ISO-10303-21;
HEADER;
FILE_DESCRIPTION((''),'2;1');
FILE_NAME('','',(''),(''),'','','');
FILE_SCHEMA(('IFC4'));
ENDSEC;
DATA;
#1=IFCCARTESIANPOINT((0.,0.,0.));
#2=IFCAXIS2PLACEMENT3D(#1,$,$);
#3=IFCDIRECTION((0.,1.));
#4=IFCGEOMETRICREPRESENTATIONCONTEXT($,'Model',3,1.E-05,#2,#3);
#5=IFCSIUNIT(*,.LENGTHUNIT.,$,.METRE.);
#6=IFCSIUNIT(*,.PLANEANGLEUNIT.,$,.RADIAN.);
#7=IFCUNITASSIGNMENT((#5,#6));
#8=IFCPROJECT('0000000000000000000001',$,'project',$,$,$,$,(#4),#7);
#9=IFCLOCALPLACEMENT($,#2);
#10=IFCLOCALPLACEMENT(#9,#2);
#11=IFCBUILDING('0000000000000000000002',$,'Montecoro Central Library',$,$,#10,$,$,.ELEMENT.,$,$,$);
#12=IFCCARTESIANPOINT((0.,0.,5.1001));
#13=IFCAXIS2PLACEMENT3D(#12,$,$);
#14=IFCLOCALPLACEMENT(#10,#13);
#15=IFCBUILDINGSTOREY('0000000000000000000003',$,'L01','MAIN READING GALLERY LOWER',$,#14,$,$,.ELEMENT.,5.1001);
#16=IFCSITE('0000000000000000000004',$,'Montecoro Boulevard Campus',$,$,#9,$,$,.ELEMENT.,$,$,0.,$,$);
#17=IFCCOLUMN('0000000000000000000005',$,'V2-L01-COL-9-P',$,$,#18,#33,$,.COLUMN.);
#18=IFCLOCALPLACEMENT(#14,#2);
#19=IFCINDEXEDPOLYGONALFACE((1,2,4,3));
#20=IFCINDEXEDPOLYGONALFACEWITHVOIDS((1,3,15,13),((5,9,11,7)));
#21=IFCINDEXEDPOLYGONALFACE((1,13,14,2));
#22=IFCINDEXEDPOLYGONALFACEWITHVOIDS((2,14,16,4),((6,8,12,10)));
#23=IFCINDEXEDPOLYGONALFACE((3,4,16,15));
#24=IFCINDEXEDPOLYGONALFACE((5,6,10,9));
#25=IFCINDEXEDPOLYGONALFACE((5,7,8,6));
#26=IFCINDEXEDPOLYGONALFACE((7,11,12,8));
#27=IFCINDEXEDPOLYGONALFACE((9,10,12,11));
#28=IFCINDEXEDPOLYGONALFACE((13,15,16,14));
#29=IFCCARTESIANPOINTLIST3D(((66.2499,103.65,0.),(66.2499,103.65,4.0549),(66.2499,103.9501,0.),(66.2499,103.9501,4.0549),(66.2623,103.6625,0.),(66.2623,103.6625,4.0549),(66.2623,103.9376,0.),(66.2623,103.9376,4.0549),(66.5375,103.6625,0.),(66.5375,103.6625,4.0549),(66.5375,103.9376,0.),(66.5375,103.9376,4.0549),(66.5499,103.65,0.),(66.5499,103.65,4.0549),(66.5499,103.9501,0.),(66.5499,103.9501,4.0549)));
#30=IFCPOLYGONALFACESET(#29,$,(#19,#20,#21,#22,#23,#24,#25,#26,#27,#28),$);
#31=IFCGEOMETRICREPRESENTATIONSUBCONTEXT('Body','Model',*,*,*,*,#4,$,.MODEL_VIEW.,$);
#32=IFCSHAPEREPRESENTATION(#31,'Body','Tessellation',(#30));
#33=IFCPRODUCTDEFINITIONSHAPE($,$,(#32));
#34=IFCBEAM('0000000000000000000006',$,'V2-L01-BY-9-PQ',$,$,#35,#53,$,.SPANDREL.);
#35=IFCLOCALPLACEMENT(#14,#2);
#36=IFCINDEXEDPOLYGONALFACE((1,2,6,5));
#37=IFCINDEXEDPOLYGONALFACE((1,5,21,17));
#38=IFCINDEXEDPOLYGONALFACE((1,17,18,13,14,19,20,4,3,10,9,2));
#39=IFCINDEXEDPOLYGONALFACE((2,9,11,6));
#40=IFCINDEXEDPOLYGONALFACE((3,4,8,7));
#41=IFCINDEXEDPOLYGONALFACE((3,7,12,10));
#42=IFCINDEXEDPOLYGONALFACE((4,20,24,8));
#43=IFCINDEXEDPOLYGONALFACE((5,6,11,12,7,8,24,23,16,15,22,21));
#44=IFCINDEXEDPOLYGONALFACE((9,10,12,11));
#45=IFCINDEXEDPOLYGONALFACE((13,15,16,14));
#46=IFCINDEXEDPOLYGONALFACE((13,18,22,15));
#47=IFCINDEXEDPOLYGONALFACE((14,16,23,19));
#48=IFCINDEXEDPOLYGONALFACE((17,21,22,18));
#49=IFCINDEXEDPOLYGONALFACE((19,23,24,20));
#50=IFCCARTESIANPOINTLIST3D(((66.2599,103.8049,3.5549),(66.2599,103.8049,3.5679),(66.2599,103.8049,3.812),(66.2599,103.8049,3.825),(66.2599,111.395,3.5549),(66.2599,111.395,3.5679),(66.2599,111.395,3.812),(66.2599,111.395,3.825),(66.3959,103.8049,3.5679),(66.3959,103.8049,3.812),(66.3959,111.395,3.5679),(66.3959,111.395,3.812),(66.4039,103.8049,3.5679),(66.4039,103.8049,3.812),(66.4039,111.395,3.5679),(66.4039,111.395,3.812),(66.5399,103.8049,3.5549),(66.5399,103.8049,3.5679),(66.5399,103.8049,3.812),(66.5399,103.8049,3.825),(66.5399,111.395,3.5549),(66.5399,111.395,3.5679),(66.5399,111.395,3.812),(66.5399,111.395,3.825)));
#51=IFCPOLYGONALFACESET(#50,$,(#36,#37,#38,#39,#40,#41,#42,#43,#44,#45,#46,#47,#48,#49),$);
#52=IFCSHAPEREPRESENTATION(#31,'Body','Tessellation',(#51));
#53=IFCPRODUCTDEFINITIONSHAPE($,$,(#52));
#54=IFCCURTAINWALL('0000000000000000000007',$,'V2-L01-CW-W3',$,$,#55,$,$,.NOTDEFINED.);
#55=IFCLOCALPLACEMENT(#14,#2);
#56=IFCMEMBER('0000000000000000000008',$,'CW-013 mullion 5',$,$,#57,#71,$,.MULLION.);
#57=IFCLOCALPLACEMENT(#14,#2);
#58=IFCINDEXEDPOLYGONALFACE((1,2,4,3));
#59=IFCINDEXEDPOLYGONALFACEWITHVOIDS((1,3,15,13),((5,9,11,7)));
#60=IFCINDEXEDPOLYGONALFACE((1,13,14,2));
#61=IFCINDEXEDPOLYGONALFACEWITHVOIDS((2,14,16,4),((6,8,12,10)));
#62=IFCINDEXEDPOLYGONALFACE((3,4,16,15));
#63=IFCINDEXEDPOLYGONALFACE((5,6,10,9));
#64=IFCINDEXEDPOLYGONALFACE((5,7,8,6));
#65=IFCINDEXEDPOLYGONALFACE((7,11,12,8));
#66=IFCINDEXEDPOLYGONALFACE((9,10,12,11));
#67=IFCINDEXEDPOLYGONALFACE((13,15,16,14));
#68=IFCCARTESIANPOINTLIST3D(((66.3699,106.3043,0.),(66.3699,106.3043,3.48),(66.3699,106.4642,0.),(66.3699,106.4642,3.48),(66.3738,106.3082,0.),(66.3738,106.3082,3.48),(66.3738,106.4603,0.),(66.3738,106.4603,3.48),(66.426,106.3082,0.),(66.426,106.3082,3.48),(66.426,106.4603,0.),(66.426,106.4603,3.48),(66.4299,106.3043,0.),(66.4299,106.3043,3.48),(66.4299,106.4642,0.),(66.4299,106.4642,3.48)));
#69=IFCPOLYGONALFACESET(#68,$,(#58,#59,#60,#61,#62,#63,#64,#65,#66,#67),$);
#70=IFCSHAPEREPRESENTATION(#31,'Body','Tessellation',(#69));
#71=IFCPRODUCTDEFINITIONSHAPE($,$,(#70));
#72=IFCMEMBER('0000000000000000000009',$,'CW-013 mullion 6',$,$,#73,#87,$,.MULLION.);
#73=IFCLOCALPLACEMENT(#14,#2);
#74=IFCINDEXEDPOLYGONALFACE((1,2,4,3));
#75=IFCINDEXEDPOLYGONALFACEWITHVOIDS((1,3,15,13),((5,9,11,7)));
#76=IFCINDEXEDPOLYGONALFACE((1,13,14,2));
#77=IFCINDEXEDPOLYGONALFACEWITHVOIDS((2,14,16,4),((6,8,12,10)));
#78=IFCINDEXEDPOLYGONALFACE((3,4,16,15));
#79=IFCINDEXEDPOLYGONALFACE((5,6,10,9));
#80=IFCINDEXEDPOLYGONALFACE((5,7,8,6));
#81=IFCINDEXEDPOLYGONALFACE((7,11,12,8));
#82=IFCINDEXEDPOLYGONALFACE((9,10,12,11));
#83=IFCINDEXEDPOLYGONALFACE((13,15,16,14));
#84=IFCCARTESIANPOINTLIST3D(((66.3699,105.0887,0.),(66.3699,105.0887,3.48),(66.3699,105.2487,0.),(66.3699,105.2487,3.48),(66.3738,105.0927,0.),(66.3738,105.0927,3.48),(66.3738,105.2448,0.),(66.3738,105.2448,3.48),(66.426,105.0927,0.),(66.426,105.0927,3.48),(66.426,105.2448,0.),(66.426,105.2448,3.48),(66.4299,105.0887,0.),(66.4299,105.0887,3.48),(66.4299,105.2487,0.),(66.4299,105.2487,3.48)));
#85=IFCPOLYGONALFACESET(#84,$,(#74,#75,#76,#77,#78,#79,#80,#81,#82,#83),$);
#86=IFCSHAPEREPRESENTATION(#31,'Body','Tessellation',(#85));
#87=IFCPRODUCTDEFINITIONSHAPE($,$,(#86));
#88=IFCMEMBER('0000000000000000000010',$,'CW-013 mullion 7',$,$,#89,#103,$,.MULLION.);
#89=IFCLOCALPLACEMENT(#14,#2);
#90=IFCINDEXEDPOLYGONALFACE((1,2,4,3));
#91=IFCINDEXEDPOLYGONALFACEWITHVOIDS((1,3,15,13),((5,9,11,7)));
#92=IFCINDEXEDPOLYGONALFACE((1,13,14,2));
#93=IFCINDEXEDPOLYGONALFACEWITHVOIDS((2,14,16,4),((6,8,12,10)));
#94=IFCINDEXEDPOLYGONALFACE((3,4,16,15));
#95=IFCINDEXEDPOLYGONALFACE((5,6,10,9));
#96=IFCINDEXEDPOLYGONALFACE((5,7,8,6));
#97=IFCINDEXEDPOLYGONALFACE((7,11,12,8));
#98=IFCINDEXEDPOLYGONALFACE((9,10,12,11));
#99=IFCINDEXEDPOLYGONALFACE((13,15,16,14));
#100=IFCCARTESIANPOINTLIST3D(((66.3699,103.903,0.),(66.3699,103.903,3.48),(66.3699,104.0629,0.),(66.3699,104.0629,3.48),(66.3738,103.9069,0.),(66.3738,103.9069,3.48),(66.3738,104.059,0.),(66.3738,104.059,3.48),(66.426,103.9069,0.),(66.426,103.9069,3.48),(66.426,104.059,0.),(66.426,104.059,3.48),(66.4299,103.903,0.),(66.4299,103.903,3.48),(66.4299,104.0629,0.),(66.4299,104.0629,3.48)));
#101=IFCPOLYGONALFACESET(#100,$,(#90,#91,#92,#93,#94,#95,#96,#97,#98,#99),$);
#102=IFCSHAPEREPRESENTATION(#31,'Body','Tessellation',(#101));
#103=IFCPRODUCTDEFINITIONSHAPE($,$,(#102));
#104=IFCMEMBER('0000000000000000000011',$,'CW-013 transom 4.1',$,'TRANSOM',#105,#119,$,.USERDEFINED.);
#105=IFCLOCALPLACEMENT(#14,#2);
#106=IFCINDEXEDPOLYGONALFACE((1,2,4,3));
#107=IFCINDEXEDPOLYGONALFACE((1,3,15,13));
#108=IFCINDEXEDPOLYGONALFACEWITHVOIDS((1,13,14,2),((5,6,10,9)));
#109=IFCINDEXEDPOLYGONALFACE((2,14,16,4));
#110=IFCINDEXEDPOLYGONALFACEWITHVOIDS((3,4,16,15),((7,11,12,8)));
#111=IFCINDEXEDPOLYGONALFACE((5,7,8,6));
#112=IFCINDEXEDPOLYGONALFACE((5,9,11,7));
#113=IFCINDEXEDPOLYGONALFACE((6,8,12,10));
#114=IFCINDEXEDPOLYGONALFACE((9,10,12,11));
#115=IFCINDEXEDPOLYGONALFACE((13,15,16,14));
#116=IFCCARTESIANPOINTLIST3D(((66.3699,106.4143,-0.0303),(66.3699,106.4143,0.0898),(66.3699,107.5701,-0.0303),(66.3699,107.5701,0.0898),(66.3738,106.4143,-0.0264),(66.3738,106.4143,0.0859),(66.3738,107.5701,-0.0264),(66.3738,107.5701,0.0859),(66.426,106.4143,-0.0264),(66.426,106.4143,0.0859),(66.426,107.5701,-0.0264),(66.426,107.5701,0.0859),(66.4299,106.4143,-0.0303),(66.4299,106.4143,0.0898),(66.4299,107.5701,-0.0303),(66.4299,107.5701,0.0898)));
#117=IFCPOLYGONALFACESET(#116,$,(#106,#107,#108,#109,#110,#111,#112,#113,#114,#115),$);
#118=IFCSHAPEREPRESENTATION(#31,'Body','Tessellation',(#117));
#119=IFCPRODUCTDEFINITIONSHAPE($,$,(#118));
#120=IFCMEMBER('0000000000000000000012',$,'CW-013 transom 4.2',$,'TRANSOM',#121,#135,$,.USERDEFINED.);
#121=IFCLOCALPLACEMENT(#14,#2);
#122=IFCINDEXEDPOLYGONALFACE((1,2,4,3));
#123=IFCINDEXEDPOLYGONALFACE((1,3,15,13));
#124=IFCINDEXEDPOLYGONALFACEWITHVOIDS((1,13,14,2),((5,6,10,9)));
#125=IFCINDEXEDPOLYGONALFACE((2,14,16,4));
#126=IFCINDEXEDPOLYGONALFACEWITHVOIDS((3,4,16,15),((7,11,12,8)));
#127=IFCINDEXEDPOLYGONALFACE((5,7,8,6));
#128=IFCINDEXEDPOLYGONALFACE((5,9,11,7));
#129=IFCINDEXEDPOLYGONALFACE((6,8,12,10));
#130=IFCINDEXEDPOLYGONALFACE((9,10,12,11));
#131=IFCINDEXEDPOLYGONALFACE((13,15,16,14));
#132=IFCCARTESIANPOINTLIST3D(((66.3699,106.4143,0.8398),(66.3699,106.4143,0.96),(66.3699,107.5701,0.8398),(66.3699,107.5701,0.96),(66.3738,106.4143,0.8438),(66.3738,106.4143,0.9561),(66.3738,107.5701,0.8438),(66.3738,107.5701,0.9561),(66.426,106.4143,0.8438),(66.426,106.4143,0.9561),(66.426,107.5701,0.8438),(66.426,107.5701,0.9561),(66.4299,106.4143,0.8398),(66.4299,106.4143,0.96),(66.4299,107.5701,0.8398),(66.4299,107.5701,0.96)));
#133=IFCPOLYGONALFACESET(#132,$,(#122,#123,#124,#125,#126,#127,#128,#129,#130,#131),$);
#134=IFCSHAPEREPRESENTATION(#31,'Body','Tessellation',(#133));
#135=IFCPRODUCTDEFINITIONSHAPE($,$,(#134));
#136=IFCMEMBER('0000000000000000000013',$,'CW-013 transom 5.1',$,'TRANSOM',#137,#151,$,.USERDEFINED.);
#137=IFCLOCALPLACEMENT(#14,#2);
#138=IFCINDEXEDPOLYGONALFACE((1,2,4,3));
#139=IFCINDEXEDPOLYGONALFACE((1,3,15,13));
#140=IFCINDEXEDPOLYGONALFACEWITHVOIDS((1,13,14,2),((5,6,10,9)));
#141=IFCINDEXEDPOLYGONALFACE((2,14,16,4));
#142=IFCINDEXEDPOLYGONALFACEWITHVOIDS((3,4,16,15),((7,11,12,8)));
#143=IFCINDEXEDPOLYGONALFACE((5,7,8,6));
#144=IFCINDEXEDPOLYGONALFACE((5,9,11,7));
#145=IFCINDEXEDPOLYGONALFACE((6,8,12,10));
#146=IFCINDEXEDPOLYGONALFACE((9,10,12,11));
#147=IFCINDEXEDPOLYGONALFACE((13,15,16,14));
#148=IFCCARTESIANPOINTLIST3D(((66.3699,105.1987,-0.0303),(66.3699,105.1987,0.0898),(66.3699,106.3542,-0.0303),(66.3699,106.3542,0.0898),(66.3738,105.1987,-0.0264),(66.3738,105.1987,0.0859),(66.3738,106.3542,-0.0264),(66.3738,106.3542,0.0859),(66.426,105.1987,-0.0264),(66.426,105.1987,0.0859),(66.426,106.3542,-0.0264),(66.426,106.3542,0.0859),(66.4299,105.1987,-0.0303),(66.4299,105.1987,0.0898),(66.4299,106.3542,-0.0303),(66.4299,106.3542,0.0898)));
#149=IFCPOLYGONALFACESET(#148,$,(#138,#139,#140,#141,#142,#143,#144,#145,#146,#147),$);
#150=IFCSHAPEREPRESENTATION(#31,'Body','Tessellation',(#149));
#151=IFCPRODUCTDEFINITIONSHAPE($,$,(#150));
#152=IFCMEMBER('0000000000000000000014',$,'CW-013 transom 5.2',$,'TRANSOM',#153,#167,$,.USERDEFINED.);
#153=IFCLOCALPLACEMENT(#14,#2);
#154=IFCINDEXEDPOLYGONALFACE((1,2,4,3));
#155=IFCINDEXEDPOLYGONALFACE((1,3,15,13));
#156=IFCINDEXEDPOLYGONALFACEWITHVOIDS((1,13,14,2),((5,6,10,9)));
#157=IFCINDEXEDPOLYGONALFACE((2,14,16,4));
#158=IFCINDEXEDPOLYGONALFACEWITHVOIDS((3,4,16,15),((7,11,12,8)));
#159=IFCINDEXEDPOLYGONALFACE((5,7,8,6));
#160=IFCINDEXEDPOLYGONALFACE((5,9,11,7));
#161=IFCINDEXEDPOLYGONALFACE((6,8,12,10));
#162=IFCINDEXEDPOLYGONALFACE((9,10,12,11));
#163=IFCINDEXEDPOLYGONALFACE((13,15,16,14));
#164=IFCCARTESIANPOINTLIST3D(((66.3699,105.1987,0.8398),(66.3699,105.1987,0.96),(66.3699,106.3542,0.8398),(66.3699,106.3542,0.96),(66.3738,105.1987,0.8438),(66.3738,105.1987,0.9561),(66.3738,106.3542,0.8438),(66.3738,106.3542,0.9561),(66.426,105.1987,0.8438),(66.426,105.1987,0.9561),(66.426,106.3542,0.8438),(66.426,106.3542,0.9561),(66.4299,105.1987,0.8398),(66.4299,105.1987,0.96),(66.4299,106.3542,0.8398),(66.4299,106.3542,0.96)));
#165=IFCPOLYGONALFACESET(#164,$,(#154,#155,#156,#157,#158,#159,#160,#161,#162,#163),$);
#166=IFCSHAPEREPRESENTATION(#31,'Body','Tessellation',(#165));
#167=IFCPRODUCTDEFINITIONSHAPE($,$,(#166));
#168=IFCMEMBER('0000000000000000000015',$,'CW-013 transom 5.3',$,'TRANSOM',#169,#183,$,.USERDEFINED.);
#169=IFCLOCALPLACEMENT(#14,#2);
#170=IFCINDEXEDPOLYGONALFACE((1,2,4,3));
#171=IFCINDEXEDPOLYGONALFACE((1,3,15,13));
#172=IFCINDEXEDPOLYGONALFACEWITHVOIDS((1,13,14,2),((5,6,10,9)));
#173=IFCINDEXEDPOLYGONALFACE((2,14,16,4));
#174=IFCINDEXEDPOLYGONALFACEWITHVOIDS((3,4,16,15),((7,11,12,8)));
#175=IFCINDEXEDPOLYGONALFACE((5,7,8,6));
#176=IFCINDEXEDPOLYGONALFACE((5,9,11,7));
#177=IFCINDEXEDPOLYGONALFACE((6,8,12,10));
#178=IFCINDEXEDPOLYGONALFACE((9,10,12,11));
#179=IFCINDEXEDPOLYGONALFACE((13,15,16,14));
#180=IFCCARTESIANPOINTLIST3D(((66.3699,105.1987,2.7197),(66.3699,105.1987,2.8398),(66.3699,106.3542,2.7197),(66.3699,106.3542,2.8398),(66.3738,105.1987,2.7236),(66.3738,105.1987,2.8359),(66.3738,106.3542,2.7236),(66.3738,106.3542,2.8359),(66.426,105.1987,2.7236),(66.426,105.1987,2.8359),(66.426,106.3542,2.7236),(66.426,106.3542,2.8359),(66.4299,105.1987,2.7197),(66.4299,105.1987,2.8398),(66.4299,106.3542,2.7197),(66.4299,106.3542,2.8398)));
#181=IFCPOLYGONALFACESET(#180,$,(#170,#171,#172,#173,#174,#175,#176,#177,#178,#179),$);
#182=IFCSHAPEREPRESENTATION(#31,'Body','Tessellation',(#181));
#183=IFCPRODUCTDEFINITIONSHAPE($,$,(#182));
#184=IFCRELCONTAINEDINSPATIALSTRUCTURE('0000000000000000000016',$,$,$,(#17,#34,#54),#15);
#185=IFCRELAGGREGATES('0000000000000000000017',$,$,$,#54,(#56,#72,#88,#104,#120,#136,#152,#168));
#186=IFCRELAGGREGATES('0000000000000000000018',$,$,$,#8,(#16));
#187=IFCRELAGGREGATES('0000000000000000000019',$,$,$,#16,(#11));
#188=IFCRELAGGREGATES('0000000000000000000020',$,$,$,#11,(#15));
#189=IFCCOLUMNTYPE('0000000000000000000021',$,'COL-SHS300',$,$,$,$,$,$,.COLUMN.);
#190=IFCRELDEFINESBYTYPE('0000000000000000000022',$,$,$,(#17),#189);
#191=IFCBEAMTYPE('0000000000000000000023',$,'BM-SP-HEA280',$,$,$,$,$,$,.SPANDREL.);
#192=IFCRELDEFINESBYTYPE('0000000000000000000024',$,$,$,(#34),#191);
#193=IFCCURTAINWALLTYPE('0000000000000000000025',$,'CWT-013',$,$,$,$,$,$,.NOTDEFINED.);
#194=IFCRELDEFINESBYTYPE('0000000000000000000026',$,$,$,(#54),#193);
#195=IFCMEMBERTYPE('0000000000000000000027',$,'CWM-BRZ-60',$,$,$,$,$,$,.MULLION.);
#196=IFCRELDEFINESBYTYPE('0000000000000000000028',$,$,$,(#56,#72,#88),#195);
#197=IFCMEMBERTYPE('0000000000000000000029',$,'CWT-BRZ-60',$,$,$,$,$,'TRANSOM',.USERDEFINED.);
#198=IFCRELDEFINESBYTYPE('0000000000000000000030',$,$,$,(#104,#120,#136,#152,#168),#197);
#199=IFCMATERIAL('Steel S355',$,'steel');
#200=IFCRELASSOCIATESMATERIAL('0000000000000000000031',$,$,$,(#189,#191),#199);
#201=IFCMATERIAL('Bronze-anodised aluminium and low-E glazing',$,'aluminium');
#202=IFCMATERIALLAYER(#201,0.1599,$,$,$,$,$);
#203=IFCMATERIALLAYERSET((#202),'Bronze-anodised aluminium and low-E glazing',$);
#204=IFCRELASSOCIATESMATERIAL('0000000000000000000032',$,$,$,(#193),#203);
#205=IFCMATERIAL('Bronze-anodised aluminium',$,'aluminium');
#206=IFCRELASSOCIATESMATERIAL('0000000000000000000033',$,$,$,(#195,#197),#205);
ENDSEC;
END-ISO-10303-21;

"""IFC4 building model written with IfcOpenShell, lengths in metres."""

from ifc_helpers import new_model, si_unit, direction, frame, origin, origin_2d, place, context, subcontext, project, spatial, hollow_rectangle, i_section, extrude, material, layer, layer_set, material_profile, profile_set, type_object, element, aggregate, save


model = new_model("IFC4")

# Units and contexts
model_context = context("Model", 3, precision=1e-05, world=origin(), true_north=direction((0.0, 1.0)))
body_context = subcontext(model_context, "Body", "Model", "MODEL_VIEW")
ifc_project = project(units=[si_unit("LENGTHUNIT", "METRE"), si_unit("PLANEANGLEUNIT", "RADIAN")], contexts=[model_context])

# Site, building, storey
site_placement = place(None, origin())
site = spatial("IfcSite", under=ifc_project, at=site_placement, Name="Montecoro Boulevard Campus", CompositionType="ELEMENT", RefElevation=0.0)
building_placement = place(site_placement, origin())
building = spatial("IfcBuilding", under=site, at=building_placement, Name="Montecoro Central Library", CompositionType="ELEMENT")
storey_placement = place(building_placement, frame((0.0, 0.0, 5.1001)))
storey = spatial("IfcBuildingStorey", under=building, at=storey_placement, Name="L01", Description="MAIN READING GALLERY LOWER", CompositionType="ELEMENT", Elevation=5.1001)

# Column
ifc_material_1 = material(Name="Steel S355", Category="steel")
ifc_material_profile_1 = material_profile(ifc_material_1, hollow_rectangle(XDim=0.3, YDim=0.3, WallThickness=0.0125, at=origin_2d()), Name="SHS 300x300x12.5")
ifc_profile_set_1 = profile_set([ifc_material_profile_1], Name="Steel S355")
column_type = type_object("IfcColumnType", Name="COL-SHS300", PredefinedType="COLUMN", material=ifc_profile_set_1)
column_placement = place(storey_placement, frame((66.3999, 103.8, 0.0), z_axis=(0.0, 0.0, 1.0), x_axis=(1.0, 0.0, 0.0)))
element("IfcColumn", 1, at=column_placement, inside=storey, type_object=column_type, Name="V2-L01-COL-9-P", PredefinedType="COLUMN", context=body_context, shape_type="SweptSolid", body=[
    extrude(hollow_rectangle(XDim=0.3, YDim=0.3, WallThickness=0.0125, at=origin_2d()), origin(), (0.0, 0.0, 1.0), 4.0549),
])

# Beam
ifc_material_profile_2 = material_profile(ifc_material_1, i_section(OverallWidth=0.28, OverallDepth=0.27, WebThickness=0.0081, FlangeThickness=0.0129, at=origin_2d()), Name="HEA 280")
ifc_profile_set_2 = profile_set([ifc_material_profile_2], Name="Steel S355")
beam_type = type_object("IfcBeamType", Name="BM-SP-HEA280", PredefinedType="SPANDREL", material=ifc_profile_set_2)
beam_placement = place(storey_placement, frame((66.3999, 103.8049, 3.6899), z_axis=(0.0, 1.0, 0.0), x_axis=(-1.0, 0.0, 0.0)))
element("IfcBeam", 2, at=beam_placement, inside=storey, type_object=beam_type, Name="V2-L01-BY-9-PQ", PredefinedType="SPANDREL", context=body_context, shape_type="SweptSolid", body=[
    extrude(i_section(OverallWidth=0.28, OverallDepth=0.27, WebThickness=0.0081, FlangeThickness=0.0129, at=origin_2d()), origin(), (0.0, 0.0, 1.0), 7.5901),
])

# Curtain wall, members
ifc_material_2 = material(Name="Bronze-anodised aluminium and low-E glazing", Category="aluminium")
ifc_layer_1 = layer(ifc_material_2, 0.1599)
ifc_layer_set_1 = layer_set([ifc_layer_1], Name="Bronze-anodised aluminium and low-E glazing")
curtain_wall_type = type_object("IfcCurtainWallType", Name="CWT-013", PredefinedType="NOTDEFINED", material=ifc_layer_set_1)
curtain_wall_placement = place(storey_placement, origin())
curtain_wall = element("IfcCurtainWall", 3, at=curtain_wall_placement, inside=storey, type_object=curtain_wall_type, Name="V2-L01-CW-W3", PredefinedType="NOTDEFINED")
ifc_material_3 = material(Name="Bronze-anodised aluminium", Category="aluminium")
ifc_material_profile_3 = material_profile(ifc_material_3, hollow_rectangle(XDim=0.0601, YDim=0.1599, WallThickness=0.0039, at=origin_2d()), Name="CWM 160x60x4.0")
ifc_profile_set_3 = profile_set([ifc_material_profile_3], Name="Bronze-anodised aluminium")
member_type_1 = type_object("IfcMemberType", Name="CWM-BRZ-60", PredefinedType="MULLION", material=ifc_profile_set_3)
member_1_placement = place(storey_placement, frame((66.3999, 106.3843, 0.0), z_axis=(0.0, 0.0, 1.0), x_axis=(1.0, 0.0, 0.0)))
member_1 = element("IfcMember", 4, at=member_1_placement, type_object=member_type_1, Name="CW-013 mullion 5", PredefinedType="MULLION", context=body_context, shape_type="SweptSolid", body=[
    extrude(hollow_rectangle(XDim=0.0601, YDim=0.1599, WallThickness=0.0039, at=origin_2d()), origin(), (0.0, 0.0, 1.0), 3.48),
])
member_2_placement = place(storey_placement, frame((66.3999, 105.1687, 0.0), z_axis=(0.0, 0.0, 1.0), x_axis=(1.0, 0.0, 0.0)))
member_2 = element("IfcMember", 5, at=member_2_placement, type_object=member_type_1, Name="CW-013 mullion 6", PredefinedType="MULLION", context=body_context, shape_type="SweptSolid", body=[
    extrude(hollow_rectangle(XDim=0.0601, YDim=0.1599, WallThickness=0.0039, at=origin_2d()), origin(), (0.0, 0.0, 1.0), 3.48),
])
member_3_placement = place(storey_placement, frame((66.3999, 103.9829, 0.0), z_axis=(0.0, 0.0, 1.0), x_axis=(1.0, 0.0, 0.0)))
member_3 = element("IfcMember", 6, at=member_3_placement, type_object=member_type_1, Name="CW-013 mullion 7", PredefinedType="MULLION", context=body_context, shape_type="SweptSolid", body=[
    extrude(hollow_rectangle(XDim=0.0601, YDim=0.1599, WallThickness=0.0039, at=origin_2d()), origin(), (0.0, 0.0, 1.0), 3.48),
])
ifc_material_profile_4 = material_profile(ifc_material_3, hollow_rectangle(XDim=0.0601, YDim=0.1201, WallThickness=0.0039, at=origin_2d()), Name="CWT 120x60x4.0")
ifc_profile_set_4 = profile_set([ifc_material_profile_4], Name="Bronze-anodised aluminium")
member_type_2 = type_object("IfcMemberType", Name="CWT-BRZ-60", ElementType="TRANSOM", PredefinedType="USERDEFINED", material=ifc_profile_set_4)
member_4_placement = place(storey_placement, frame((66.3999, 107.5701, 0.0298), z_axis=(0.0, -1.0, 0.0), x_axis=(1.0, 0.0, 0.0)))
member_4 = element("IfcMember", 7, at=member_4_placement, type_object=member_type_2, Name="CW-013 transom 4.1", ObjectType="TRANSOM", PredefinedType="USERDEFINED", context=body_context, shape_type="SweptSolid", body=[
    extrude(hollow_rectangle(XDim=0.0601, YDim=0.1201, WallThickness=0.0039, at=origin_2d()), origin(), (0.0, 0.0, 1.0), 1.1558),
])
member_5_placement = place(storey_placement, frame((66.3999, 107.5701, 0.8999), z_axis=(0.0, -1.0, 0.0), x_axis=(1.0, 0.0, 0.0)))
member_5 = element("IfcMember", 8, at=member_5_placement, type_object=member_type_2, Name="CW-013 transom 4.2", ObjectType="TRANSOM", PredefinedType="USERDEFINED", context=body_context, shape_type="SweptSolid", body=[
    extrude(hollow_rectangle(XDim=0.0601, YDim=0.1201, WallThickness=0.0039, at=origin_2d()), origin(), (0.0, 0.0, 1.0), 1.1558),
])
member_6_placement = place(storey_placement, frame((66.3999, 106.3542, 0.0298), z_axis=(0.0, -1.0, 0.0), x_axis=(1.0, 0.0, 0.0)))
member_6 = element("IfcMember", 9, at=member_6_placement, type_object=member_type_2, Name="CW-013 transom 5.1", ObjectType="TRANSOM", PredefinedType="USERDEFINED", context=body_context, shape_type="SweptSolid", body=[
    extrude(hollow_rectangle(XDim=0.0601, YDim=0.1201, WallThickness=0.0039, at=origin_2d()), origin(), (0.0, 0.0, 1.0), 1.1555),
])
member_7_placement = place(storey_placement, frame((66.3999, 106.3542, 0.8999), z_axis=(0.0, -1.0, 0.0), x_axis=(1.0, 0.0, 0.0)))
member_7 = element("IfcMember", 10, at=member_7_placement, type_object=member_type_2, Name="CW-013 transom 5.2", ObjectType="TRANSOM", PredefinedType="USERDEFINED", context=body_context, shape_type="SweptSolid", body=[
    extrude(hollow_rectangle(XDim=0.0601, YDim=0.1201, WallThickness=0.0039, at=origin_2d()), origin(), (0.0, 0.0, 1.0), 1.1555),
])
member_8_placement = place(storey_placement, frame((66.3999, 106.3542, 2.7798), z_axis=(0.0, -1.0, 0.0), x_axis=(1.0, 0.0, 0.0)))
member_8 = element("IfcMember", 11, at=member_8_placement, type_object=member_type_2, Name="CW-013 transom 5.3", ObjectType="TRANSOM", PredefinedType="USERDEFINED", context=body_context, shape_type="SweptSolid", body=[
    extrude(hollow_rectangle(XDim=0.0601, YDim=0.1201, WallThickness=0.0039, at=origin_2d()), origin(), (0.0, 0.0, 1.0), 1.1555),
])
aggregate(curtain_wall, [member_1, member_2, member_3, member_4, member_5, member_6, member_7, member_8])

save(model, "model.ifc")
